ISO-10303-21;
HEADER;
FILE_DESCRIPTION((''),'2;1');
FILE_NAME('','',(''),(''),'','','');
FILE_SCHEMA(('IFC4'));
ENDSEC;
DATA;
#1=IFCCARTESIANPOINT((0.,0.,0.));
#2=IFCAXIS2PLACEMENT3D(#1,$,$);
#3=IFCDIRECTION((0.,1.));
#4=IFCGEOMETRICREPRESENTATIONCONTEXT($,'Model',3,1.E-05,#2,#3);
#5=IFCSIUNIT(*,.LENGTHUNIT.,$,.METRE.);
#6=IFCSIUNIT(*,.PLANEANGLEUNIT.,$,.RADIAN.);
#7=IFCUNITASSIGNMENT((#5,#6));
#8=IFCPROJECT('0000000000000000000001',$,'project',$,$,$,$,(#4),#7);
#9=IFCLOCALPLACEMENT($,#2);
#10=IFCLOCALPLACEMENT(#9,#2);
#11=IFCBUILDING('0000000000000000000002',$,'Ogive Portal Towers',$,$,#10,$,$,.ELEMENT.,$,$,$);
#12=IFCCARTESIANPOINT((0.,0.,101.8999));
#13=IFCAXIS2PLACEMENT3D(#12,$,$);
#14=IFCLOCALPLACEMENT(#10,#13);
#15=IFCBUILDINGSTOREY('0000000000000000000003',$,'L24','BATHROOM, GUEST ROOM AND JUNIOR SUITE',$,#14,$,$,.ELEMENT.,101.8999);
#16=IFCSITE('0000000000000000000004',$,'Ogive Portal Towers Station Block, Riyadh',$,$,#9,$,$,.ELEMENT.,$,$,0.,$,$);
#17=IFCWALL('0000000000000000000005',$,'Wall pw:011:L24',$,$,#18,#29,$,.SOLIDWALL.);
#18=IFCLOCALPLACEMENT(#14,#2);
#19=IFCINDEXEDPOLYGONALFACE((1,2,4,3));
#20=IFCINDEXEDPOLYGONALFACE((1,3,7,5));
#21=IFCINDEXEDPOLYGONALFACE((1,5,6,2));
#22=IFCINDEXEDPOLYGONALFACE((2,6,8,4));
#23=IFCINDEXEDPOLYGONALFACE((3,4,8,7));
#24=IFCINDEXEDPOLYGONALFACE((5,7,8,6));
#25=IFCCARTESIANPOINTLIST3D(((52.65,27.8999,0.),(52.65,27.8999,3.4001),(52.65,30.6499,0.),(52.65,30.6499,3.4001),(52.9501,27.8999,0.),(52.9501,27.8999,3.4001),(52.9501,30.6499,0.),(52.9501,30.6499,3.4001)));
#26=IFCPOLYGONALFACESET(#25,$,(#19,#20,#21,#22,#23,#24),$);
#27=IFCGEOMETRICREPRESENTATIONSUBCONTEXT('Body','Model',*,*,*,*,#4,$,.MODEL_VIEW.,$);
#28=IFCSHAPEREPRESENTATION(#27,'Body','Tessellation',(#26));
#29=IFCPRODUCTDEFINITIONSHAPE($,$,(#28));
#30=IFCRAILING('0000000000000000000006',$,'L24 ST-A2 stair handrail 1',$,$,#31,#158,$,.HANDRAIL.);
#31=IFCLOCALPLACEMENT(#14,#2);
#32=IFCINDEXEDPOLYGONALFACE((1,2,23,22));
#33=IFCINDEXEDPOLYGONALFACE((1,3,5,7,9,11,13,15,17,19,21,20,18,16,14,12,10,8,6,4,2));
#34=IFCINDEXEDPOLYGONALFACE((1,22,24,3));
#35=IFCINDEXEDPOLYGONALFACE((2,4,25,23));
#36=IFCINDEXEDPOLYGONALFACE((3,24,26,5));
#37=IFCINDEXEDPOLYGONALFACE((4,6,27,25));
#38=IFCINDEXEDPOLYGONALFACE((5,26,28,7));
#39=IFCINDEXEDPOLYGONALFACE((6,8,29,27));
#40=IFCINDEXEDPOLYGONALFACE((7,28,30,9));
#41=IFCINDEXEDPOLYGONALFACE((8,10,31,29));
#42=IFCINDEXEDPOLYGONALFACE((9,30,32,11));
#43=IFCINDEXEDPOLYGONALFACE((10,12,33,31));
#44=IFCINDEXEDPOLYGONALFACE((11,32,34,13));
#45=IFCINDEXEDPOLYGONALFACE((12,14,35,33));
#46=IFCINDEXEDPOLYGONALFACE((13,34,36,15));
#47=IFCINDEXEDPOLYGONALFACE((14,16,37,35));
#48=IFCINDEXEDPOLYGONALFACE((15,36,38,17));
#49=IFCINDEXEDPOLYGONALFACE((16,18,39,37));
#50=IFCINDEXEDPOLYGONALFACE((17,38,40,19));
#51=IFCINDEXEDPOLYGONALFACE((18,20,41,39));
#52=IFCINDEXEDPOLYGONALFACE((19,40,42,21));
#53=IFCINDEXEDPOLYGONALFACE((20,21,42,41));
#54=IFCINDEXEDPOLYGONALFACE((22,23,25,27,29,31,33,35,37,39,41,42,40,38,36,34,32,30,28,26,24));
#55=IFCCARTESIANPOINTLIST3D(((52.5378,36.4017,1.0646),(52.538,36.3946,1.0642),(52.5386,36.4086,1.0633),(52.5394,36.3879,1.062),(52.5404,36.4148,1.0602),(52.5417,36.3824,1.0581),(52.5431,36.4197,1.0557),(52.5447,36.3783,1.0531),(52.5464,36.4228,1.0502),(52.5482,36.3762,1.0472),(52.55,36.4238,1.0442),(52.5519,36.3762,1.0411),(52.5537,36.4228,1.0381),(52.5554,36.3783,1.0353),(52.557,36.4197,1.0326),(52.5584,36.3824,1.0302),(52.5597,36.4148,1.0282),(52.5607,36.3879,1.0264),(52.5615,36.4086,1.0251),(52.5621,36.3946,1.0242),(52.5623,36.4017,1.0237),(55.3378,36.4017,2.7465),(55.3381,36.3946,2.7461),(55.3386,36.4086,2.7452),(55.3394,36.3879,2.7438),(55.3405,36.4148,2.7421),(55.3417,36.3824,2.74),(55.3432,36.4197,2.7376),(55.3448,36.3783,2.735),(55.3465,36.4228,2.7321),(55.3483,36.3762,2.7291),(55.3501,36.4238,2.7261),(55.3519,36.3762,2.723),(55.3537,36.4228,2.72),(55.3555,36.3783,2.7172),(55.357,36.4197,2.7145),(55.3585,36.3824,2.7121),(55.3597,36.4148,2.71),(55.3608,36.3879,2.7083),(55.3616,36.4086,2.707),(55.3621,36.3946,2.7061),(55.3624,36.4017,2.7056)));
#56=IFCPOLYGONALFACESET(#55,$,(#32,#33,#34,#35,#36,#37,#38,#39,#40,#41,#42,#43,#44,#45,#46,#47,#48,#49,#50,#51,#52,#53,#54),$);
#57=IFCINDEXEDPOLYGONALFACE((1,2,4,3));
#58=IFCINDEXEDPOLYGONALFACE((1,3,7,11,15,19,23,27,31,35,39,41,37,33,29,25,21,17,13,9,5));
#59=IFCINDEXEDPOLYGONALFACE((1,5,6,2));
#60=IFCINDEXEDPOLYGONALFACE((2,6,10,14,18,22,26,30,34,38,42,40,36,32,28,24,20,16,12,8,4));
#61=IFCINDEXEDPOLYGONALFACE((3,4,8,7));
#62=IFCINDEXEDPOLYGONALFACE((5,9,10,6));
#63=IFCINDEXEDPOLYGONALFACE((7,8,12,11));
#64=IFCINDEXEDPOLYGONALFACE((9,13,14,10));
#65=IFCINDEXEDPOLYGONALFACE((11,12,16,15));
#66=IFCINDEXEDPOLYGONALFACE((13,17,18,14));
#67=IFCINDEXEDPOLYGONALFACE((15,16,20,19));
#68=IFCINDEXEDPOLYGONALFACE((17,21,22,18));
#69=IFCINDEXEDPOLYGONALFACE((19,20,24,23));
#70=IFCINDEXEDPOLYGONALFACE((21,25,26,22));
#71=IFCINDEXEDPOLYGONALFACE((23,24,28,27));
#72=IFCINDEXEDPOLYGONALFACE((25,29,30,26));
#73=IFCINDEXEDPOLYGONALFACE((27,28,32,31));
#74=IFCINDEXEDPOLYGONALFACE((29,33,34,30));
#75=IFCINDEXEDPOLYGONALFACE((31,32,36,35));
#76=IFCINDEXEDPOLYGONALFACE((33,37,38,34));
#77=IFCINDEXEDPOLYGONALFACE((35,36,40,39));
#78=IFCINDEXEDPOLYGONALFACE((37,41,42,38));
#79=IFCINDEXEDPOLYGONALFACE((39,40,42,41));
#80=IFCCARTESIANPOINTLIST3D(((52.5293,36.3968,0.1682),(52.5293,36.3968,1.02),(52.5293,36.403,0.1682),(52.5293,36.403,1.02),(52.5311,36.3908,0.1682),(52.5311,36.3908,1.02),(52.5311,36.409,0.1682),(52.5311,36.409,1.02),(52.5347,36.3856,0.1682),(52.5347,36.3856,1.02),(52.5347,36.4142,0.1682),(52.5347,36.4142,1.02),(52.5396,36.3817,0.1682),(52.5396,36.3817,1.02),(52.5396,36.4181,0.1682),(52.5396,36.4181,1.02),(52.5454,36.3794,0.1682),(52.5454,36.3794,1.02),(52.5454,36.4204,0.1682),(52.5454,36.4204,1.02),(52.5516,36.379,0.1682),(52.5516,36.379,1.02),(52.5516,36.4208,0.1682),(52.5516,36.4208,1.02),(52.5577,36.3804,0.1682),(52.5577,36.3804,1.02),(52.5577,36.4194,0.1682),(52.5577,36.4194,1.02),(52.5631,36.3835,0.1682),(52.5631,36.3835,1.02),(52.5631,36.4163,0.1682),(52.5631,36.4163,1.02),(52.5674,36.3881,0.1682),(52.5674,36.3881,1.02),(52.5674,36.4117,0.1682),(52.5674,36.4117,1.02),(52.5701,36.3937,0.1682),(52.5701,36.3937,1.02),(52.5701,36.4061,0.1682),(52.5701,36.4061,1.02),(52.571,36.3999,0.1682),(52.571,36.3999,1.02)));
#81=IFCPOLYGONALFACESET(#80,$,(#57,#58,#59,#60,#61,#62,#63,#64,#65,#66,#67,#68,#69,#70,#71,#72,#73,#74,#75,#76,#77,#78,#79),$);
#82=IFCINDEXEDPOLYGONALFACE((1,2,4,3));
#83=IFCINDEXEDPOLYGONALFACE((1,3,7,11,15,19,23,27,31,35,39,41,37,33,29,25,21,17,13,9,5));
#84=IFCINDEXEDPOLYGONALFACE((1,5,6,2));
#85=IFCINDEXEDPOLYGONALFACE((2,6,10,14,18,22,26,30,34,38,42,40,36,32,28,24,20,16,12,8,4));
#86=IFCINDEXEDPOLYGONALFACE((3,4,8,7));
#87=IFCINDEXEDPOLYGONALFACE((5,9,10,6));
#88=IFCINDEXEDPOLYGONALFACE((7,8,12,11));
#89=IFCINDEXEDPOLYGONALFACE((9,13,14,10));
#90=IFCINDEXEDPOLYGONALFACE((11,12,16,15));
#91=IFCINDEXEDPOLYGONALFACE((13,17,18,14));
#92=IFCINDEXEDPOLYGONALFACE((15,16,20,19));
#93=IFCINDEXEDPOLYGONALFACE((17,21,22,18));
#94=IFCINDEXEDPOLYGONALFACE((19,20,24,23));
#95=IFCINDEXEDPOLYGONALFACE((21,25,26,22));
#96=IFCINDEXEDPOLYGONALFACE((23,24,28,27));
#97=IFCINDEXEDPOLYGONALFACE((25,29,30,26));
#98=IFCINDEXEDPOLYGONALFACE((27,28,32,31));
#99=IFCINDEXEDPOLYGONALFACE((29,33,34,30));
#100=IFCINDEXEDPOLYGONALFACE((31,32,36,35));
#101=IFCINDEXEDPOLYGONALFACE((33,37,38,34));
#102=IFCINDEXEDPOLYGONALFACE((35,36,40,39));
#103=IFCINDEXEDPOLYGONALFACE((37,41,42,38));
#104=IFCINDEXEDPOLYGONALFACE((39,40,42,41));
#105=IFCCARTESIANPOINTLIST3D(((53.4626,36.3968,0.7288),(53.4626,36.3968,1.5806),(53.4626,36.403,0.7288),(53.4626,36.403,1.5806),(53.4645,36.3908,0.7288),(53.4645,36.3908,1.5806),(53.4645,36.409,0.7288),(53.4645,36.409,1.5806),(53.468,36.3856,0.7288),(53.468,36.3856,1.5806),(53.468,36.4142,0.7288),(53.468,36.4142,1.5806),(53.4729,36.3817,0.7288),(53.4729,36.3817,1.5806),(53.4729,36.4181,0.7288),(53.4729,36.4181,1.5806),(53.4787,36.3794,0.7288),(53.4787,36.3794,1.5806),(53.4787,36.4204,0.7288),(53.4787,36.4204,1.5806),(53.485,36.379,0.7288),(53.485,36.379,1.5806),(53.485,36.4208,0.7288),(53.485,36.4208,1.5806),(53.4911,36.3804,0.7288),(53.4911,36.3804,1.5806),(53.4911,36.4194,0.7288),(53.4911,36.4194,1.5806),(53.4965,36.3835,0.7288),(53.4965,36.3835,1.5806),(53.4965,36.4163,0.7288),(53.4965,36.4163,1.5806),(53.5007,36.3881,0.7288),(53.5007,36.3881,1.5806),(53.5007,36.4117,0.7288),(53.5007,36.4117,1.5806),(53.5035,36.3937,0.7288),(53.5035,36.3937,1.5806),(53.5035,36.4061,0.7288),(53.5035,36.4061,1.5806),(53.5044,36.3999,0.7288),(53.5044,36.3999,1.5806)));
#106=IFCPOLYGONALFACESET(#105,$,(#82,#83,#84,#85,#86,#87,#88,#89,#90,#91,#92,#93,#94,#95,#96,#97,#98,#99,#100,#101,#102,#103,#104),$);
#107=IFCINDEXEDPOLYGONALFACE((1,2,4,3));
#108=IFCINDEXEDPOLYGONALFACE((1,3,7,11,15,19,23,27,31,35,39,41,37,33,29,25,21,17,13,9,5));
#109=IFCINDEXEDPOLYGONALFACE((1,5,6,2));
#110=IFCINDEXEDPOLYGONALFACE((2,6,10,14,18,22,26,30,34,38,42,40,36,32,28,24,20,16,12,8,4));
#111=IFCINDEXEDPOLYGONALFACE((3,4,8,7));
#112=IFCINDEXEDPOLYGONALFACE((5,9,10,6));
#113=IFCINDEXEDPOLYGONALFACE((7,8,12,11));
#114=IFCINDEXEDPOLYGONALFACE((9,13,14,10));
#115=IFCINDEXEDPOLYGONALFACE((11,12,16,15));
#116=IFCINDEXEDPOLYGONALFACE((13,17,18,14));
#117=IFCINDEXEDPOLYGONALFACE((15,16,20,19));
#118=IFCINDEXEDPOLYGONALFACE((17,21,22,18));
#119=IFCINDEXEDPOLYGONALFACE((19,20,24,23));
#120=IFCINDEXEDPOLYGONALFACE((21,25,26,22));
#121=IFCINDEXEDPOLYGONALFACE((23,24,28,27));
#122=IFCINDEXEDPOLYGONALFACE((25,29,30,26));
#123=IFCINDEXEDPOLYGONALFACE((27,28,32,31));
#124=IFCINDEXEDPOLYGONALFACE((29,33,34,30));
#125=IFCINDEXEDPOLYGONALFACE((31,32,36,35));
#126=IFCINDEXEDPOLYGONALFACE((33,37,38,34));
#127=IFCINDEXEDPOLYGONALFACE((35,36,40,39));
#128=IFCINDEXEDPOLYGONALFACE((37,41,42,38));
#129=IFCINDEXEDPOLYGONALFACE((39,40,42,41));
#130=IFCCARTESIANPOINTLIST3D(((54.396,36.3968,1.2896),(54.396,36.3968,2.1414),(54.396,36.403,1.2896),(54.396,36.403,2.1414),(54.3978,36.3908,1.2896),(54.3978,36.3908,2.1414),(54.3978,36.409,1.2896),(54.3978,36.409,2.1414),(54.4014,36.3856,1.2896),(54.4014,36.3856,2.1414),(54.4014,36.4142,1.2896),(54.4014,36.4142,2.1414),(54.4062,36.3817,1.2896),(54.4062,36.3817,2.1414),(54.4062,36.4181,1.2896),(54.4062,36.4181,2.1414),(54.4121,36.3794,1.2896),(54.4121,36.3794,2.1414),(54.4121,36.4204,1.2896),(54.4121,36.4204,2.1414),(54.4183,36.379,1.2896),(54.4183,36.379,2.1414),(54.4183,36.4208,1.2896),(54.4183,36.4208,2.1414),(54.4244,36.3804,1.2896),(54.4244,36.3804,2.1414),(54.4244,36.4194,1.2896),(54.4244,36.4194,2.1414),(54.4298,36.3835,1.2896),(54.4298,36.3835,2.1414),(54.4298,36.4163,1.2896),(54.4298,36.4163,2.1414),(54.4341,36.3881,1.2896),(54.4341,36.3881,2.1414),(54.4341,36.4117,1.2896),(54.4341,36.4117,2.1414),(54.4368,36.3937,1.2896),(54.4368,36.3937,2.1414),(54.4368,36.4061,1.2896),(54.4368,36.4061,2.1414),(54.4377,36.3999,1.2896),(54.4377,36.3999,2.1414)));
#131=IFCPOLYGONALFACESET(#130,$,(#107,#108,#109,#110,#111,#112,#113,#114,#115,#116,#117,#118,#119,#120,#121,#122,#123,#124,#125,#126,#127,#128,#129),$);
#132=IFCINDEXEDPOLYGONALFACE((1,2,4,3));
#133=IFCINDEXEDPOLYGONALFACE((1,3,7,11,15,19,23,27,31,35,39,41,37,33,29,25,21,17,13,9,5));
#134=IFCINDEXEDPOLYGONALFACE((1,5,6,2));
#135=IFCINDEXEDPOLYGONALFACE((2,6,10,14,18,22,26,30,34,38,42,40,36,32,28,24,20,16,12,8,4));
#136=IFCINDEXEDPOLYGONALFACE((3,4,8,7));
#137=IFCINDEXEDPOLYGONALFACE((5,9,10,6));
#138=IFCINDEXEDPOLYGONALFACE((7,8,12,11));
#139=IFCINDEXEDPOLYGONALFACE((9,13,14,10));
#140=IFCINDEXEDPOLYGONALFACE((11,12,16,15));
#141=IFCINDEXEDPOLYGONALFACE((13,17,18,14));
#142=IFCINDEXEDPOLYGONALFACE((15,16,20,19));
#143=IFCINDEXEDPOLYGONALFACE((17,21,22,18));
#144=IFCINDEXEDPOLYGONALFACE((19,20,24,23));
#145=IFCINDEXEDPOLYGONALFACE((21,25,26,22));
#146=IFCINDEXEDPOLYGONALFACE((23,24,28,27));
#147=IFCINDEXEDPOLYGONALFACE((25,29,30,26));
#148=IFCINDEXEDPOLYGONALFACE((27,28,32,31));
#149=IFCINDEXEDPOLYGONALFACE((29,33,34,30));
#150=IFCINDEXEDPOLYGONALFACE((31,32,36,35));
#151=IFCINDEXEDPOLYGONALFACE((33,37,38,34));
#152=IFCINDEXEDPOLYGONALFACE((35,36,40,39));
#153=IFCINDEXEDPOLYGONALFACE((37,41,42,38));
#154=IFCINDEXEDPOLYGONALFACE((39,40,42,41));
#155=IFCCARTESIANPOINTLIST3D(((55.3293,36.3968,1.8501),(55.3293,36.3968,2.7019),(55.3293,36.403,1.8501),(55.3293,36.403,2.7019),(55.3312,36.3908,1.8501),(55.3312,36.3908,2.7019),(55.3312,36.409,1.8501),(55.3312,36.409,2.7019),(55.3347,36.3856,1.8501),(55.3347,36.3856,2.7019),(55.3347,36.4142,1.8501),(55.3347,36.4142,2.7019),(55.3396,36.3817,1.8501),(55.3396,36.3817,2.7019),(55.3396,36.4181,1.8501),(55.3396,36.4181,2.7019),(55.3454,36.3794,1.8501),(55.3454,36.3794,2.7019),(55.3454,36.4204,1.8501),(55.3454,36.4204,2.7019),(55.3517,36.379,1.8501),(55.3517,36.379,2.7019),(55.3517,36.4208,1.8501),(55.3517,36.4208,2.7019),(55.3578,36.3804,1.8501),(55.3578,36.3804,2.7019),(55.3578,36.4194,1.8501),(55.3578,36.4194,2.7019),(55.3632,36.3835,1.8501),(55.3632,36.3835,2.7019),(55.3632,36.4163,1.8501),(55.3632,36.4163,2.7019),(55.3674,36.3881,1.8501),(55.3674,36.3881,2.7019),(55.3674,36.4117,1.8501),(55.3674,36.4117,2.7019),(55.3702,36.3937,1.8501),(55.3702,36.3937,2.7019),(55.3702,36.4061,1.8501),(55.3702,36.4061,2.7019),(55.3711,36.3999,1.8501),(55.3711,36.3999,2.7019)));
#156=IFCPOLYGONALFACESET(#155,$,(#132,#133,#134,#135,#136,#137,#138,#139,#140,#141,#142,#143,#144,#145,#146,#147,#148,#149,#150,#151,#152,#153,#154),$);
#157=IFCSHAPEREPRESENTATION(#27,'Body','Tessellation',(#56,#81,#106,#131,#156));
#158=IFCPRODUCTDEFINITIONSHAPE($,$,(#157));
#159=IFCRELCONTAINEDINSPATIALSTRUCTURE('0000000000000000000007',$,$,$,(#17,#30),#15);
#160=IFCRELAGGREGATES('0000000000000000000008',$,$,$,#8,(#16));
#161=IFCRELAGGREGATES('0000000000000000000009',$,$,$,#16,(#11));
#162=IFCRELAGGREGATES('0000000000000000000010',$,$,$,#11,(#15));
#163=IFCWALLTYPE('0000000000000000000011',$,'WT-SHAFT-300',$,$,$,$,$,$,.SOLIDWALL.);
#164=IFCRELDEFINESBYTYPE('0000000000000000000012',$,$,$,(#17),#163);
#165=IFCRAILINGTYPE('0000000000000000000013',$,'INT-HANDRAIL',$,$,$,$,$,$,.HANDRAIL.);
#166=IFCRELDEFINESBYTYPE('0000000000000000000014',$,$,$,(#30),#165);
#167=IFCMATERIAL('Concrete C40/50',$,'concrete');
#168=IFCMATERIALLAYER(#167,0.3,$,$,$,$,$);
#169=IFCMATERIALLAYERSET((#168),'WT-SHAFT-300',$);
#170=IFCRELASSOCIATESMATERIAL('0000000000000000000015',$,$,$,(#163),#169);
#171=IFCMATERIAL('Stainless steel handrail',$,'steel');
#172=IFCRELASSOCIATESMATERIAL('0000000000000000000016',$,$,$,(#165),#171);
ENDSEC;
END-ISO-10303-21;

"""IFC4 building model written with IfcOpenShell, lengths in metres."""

from ifc_helpers import new_model, si_unit, direction, frame, frame_2d, origin, origin_2d, place, context, subcontext, project, spatial, rectangle, circle, extrude, material, layer, layer_set, type_object, element, save


model = new_model("IFC4")

# Units and contexts
model_context = context("Model", 3, precision=1e-05, world=origin(), true_north=direction((0.0, 1.0)))
body_context = subcontext(model_context, "Body", "Model", "MODEL_VIEW")
ifc_project = project(units=[si_unit("LENGTHUNIT", "METRE"), si_unit("PLANEANGLEUNIT", "RADIAN")], contexts=[model_context])

# Site, building, storey
site_placement = place(None, origin())
site = spatial("IfcSite", under=ifc_project, at=site_placement, Name="Ogive Portal Towers Station Block, Riyadh", CompositionType="ELEMENT", RefElevation=0.0)
building_placement = place(site_placement, origin())
building = spatial("IfcBuilding", under=site, at=building_placement, Name="Ogive Portal Towers", CompositionType="ELEMENT")
storey_placement = place(building_placement, frame((0.0, 0.0, 101.8999)))
storey = spatial("IfcBuildingStorey", under=building, at=storey_placement, Name="L24", Description="BATHROOM, GUEST ROOM AND JUNIOR SUITE", CompositionType="ELEMENT", Elevation=101.8999)

# Wall
ifc_material_1 = material(Name="Concrete C40/50", Category="concrete")
ifc_layer_1 = layer(ifc_material_1, 0.3)
ifc_layer_set_1 = layer_set([ifc_layer_1], Name="WT-SHAFT-300")
wall_type_1 = type_object("IfcWallType", Name="WT-SHAFT-300", PredefinedType="SOLIDWALL", material=ifc_layer_set_1)
wall_1_placement = place(storey_placement, frame((52.8, 27.8999, 0.0), z_axis=(0.0, 0.0, 1.0), x_axis=(0.0, 1.0, 0.0)))
element("IfcWall", 1, at=wall_1_placement, inside=storey, type_object=wall_type_1, Name="Wall pw:011:L24", PredefinedType="SOLIDWALL", context=body_context, shape_type="SweptSolid", body=[
    extrude(rectangle(XDim=2.75, YDim=0.3, at=frame_2d((1.375, 0.0))), origin(), (0.0, 0.0, 1.0), 3.4001),
])

# Railing
ifc_material_2 = material(Name="Stainless steel handrail", Category="steel")
railing_type = type_object("IfcRailingType", Name="INT-HANDRAIL", PredefinedType="HANDRAIL", material=ifc_material_2)
railing_placement = place(storey_placement, frame((52.55, 36.3999, 0.1682)))
element("IfcRailing", 2, at=railing_placement, inside=storey, type_object=railing_type, Name="L24 ST-A2 stair handrail 1", PredefinedType="HANDRAIL", context=body_context, shape_type="SweptSolid", body=[
    extrude(circle(Radius=0.0239, at=origin_2d()), frame((0.0, 0.0, 0.876), z_axis=(0.857242, 0.0, 0.514913), x_axis=(0.0, 1.0, 0.0)), (0.0, 0.0, 1.0), 3.2664),
    extrude(circle(Radius=0.021, at=origin_2d()), origin(), (0.0, 0.0, 1.0), 0.8518),
    extrude(circle(Radius=0.021, at=origin_2d()), frame((0.9333, 0.0, 0.5605)), (0.0, 0.0, 1.0), 0.8518),
    extrude(circle(Radius=0.021, at=origin_2d()), frame((1.8667, 0.0, 1.1213)), (0.0, 0.0, 1.0), 0.8518),
    extrude(circle(Radius=0.021, at=origin_2d()), frame((2.8, 0.0, 1.6819)), (0.0, 0.0, 1.0), 0.8518),
])

save(model, "model.ifc")
